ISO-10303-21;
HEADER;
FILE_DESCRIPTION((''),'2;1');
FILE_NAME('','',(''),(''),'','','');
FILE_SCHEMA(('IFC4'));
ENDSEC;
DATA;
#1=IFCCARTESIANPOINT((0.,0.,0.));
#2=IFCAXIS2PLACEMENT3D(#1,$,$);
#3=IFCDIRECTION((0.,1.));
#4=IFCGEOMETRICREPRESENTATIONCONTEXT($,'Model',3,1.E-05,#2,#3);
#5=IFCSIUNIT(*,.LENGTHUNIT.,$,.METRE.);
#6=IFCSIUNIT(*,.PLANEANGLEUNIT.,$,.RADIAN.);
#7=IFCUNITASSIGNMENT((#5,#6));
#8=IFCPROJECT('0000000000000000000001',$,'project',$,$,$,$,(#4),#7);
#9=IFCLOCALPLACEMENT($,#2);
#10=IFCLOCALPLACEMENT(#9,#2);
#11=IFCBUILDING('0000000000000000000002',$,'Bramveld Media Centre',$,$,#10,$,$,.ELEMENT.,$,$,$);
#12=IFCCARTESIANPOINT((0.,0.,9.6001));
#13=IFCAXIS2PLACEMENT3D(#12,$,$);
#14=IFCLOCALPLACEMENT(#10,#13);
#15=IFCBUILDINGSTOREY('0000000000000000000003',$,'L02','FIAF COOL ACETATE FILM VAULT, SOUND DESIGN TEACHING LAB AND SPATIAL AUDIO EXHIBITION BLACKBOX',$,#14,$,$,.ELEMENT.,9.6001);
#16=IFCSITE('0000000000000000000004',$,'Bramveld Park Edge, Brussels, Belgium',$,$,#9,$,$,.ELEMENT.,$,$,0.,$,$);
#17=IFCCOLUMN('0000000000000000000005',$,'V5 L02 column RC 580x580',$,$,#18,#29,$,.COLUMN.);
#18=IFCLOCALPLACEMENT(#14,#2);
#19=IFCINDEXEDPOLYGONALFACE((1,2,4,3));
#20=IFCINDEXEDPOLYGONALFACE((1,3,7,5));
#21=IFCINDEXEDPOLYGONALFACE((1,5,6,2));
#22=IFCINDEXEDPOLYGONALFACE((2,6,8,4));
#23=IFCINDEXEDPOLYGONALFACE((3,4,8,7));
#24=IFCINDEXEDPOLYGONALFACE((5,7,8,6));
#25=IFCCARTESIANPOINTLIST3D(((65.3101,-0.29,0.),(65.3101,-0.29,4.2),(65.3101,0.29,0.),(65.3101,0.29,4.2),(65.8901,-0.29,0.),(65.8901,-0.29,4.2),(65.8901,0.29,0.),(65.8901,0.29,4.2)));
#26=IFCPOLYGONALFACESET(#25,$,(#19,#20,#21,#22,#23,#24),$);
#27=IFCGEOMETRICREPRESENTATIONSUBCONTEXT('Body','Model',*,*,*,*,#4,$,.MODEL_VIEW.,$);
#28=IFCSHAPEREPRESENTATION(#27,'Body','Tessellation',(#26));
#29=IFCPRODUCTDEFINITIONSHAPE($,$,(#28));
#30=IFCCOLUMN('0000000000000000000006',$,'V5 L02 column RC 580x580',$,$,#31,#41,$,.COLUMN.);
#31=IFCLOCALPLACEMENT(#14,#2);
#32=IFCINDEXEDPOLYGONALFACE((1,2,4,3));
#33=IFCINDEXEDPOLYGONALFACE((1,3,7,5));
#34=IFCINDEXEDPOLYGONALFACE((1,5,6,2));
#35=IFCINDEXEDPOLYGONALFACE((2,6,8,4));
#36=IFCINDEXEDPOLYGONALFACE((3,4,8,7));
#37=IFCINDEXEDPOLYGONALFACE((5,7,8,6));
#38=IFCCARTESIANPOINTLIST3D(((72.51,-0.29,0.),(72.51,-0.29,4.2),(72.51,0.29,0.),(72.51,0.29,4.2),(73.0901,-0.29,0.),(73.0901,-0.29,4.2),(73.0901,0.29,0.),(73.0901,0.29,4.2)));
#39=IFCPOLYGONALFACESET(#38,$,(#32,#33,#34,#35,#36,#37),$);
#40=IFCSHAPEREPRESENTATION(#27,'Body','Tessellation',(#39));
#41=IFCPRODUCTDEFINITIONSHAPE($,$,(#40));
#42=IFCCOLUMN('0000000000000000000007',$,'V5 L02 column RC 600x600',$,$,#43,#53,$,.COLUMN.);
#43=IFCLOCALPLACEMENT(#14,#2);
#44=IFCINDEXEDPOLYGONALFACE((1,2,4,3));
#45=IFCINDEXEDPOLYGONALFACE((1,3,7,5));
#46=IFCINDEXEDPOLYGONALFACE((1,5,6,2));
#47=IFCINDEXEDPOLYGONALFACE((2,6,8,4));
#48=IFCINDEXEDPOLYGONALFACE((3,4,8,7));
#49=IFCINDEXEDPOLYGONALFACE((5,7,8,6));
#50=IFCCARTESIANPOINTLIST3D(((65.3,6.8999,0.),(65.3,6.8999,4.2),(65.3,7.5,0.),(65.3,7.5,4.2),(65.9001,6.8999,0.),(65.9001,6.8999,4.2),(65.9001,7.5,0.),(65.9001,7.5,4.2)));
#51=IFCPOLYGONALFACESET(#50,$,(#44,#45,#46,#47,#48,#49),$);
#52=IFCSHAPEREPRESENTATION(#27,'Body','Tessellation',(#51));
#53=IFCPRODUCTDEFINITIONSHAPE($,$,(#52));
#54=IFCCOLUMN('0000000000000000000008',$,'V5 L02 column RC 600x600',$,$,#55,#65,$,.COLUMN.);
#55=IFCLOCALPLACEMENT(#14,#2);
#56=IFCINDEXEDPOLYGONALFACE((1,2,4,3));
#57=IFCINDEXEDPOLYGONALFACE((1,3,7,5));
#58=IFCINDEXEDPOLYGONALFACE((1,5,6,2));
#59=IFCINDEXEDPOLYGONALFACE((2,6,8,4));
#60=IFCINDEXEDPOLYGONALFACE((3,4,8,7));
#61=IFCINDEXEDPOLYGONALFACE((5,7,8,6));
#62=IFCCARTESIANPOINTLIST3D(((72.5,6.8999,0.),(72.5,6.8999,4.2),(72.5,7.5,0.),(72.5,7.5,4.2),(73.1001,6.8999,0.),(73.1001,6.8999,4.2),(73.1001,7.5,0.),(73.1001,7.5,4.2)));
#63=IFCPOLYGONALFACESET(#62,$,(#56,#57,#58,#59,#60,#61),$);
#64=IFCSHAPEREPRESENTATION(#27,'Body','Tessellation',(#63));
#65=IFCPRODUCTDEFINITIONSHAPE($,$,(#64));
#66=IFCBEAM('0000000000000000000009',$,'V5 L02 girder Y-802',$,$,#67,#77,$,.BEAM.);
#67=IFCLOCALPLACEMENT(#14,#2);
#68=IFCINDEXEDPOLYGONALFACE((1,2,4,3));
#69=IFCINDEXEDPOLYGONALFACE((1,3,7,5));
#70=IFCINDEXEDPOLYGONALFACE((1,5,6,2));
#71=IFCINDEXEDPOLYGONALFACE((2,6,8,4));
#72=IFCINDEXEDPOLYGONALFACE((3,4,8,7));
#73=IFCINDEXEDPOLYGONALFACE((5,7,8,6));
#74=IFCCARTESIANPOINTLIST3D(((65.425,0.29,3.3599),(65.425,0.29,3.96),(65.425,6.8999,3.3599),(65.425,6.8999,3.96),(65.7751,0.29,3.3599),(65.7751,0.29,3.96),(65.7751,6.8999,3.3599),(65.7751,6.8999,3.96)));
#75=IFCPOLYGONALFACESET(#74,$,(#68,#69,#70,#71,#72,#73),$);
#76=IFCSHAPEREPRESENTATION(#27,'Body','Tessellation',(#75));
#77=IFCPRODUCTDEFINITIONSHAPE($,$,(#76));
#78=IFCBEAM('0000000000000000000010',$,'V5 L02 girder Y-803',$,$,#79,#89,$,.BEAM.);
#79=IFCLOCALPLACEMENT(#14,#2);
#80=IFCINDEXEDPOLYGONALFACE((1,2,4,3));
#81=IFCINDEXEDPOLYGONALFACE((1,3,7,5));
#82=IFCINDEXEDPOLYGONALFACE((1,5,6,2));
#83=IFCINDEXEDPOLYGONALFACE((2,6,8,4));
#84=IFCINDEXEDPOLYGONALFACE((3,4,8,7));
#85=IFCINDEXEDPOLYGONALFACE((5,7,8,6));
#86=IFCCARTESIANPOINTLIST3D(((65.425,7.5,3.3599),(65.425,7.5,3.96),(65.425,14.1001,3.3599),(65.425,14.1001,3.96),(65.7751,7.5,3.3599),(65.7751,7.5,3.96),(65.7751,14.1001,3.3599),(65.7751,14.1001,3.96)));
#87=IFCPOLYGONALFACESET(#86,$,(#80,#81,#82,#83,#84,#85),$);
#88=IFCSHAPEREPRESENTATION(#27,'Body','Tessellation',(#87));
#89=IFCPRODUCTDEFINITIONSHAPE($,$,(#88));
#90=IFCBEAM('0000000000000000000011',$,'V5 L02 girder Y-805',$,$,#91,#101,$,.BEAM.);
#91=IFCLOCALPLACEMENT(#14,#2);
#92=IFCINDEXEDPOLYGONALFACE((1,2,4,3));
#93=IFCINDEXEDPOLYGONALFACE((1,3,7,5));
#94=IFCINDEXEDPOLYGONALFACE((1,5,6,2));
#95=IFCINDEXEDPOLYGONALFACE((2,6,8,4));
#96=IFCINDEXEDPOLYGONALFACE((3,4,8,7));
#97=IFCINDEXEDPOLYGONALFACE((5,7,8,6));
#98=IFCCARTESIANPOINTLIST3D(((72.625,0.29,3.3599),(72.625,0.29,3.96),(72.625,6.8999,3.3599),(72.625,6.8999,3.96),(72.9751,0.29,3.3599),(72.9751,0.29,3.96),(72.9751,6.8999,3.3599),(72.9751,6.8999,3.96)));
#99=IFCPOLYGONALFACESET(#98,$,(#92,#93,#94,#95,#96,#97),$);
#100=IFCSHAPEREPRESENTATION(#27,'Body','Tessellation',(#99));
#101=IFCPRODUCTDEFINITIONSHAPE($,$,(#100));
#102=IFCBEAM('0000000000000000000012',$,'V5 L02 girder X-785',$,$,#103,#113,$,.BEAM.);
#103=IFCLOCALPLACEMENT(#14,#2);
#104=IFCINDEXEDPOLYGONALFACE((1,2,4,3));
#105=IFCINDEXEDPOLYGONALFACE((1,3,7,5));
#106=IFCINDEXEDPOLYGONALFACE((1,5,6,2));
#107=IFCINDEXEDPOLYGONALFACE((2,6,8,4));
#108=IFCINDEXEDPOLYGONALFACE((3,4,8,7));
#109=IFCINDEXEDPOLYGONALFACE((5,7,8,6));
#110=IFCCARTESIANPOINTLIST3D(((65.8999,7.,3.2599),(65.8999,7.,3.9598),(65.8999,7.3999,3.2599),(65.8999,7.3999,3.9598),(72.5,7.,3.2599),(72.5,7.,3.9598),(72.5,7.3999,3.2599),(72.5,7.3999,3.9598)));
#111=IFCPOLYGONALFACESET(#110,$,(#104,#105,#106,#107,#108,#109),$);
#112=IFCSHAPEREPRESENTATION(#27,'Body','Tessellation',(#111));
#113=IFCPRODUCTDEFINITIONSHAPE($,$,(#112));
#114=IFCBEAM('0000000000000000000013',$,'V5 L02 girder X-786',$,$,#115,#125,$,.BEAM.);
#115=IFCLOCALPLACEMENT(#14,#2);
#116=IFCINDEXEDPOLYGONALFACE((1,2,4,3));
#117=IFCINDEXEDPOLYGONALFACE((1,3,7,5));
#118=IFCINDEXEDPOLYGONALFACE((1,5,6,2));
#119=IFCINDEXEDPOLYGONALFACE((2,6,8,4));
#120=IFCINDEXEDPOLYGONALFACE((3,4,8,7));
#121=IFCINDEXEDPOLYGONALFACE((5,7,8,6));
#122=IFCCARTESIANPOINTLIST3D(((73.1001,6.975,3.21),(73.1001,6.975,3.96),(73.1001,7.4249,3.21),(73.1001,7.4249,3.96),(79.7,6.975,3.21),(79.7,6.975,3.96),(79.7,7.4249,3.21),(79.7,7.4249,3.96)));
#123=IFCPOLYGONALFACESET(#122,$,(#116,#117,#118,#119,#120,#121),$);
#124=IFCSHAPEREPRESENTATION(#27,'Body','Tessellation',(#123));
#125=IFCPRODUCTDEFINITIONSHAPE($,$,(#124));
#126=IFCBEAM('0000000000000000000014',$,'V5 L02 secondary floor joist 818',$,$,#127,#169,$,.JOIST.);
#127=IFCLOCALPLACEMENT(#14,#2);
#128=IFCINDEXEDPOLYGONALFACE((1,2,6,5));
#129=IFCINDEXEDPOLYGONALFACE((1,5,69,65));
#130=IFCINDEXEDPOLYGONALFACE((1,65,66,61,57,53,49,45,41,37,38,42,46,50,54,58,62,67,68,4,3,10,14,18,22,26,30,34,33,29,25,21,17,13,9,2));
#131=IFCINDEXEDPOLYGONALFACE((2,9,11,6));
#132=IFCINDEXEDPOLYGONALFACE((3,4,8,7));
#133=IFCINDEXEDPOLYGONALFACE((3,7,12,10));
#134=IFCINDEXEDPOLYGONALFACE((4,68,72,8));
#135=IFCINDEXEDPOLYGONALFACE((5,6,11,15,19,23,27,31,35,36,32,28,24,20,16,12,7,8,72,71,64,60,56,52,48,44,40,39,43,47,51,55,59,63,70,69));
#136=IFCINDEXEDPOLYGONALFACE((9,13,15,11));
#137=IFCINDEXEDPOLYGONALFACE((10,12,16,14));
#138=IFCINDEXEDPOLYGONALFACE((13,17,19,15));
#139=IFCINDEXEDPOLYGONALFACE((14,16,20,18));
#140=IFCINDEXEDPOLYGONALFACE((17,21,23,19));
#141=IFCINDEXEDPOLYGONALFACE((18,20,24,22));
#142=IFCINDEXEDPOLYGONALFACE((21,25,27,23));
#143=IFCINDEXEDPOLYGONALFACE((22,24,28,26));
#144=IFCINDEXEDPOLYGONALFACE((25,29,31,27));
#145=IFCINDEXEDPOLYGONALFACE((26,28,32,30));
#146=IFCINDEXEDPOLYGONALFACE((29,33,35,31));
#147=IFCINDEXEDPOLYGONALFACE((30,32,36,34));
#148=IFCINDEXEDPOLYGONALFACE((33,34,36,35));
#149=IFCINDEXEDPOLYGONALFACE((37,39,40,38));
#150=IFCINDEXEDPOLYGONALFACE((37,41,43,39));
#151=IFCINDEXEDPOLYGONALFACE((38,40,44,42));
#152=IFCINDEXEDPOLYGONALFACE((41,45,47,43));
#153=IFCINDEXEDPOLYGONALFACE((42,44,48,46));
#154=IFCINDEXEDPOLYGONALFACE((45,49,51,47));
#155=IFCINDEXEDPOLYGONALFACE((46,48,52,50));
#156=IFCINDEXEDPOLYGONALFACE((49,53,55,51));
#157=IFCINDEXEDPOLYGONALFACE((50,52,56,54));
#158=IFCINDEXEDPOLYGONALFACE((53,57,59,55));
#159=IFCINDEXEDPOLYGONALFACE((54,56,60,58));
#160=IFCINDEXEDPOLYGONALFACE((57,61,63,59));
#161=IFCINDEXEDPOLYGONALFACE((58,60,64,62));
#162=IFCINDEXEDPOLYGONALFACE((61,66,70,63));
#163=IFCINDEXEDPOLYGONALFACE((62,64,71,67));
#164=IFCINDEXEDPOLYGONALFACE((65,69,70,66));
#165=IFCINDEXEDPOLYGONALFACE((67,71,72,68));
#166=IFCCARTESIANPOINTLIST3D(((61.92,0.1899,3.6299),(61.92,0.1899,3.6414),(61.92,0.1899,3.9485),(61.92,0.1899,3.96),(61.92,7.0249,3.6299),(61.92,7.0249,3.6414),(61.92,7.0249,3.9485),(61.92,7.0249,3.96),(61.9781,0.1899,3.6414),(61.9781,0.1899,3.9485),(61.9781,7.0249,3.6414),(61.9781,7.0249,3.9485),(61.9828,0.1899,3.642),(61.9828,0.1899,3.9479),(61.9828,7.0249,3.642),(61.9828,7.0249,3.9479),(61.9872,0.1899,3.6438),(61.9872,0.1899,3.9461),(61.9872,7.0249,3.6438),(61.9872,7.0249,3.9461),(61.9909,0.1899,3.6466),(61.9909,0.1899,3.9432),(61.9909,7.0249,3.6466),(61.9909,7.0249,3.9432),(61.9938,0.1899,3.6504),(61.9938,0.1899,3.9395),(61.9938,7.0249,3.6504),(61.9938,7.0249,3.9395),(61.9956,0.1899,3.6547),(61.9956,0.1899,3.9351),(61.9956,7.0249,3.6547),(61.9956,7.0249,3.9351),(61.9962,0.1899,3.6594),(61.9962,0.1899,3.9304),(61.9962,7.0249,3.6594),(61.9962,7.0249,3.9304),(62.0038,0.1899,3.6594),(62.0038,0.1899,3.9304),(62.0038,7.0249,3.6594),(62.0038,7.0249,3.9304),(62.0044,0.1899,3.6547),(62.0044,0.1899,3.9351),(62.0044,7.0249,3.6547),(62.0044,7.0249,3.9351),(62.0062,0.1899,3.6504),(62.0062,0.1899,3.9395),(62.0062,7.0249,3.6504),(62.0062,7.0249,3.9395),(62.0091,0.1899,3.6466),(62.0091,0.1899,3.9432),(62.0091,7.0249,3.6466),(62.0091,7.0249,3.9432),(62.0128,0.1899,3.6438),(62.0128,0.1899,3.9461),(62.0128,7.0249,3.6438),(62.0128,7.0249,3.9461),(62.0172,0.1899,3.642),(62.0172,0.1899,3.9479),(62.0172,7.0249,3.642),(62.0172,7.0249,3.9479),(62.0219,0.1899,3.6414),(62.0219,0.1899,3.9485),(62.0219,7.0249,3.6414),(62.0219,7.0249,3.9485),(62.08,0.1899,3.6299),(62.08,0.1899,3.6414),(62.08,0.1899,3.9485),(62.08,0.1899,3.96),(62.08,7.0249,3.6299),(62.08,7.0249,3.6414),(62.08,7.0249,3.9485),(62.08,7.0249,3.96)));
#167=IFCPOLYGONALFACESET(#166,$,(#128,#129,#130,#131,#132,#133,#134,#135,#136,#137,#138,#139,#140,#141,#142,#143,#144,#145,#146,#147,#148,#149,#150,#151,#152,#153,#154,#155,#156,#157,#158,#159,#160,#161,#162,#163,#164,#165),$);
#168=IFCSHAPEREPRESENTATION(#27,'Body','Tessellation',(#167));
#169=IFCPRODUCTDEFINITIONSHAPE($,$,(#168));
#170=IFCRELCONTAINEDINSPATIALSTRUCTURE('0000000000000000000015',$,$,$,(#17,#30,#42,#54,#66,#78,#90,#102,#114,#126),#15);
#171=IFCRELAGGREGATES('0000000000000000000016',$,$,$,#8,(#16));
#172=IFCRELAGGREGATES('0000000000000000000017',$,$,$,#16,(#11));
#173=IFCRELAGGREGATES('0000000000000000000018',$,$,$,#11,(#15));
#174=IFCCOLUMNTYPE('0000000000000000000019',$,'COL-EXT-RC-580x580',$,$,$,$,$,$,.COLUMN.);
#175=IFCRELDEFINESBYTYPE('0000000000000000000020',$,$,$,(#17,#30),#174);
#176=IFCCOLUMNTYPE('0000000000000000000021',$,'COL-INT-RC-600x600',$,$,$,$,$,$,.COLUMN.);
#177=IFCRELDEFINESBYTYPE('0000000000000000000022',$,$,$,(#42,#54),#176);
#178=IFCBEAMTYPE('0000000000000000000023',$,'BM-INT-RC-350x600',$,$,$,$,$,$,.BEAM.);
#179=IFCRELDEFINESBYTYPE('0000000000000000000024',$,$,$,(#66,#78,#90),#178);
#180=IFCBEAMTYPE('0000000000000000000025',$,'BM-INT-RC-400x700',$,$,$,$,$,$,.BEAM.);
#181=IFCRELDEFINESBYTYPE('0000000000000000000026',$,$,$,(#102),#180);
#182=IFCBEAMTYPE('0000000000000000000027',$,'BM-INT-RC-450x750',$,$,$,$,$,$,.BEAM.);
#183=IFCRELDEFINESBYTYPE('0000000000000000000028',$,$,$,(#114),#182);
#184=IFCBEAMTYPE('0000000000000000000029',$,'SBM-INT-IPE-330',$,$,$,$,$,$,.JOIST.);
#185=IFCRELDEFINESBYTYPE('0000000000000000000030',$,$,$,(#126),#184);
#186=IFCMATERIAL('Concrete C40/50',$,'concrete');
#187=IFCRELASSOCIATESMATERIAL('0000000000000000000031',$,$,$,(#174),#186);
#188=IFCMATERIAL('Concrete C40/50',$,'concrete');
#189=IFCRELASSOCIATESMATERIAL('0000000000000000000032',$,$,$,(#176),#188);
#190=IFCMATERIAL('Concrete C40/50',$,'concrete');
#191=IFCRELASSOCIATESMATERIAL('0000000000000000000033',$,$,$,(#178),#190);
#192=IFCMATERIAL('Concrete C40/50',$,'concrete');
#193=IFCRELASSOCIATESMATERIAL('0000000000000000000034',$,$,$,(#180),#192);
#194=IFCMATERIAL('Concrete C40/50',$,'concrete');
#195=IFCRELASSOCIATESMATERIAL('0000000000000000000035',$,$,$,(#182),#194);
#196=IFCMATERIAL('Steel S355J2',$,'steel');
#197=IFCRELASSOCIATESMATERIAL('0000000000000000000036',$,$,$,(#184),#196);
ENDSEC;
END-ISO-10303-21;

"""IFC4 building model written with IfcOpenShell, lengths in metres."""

from ifc_helpers import new_model, si_unit, direction, frame, origin, origin_2d, place, context, subcontext, project, spatial, rectangle, i_section, extrude, material, material_profile, profile_set, type_object, element, save


model = new_model("IFC4")

# Units and contexts
model_context = context("Model", 3, precision=1e-05, world=origin(), true_north=direction((0.0, 1.0)))
body_context = subcontext(model_context, "Body", "Model", "MODEL_VIEW")
ifc_project = project(units=[si_unit("LENGTHUNIT", "METRE"), si_unit("PLANEANGLEUNIT", "RADIAN")], contexts=[model_context])

# Site, building, storey
site_placement = place(None, origin())
site = spatial("IfcSite", under=ifc_project, at=site_placement, Name="Bramveld Park Edge, Brussels, Belgium", CompositionType="ELEMENT", RefElevation=0.0)
building_placement = place(site_placement, origin())
building = spatial("IfcBuilding", under=site, at=building_placement, Name="Bramveld Media Centre", CompositionType="ELEMENT")
storey_placement = place(building_placement, frame((0.0, 0.0, 9.6001)))
storey = spatial("IfcBuildingStorey", under=building, at=storey_placement, Name="L02", Description="FIAF COOL ACETATE FILM VAULT, SOUND DESIGN TEACHING LAB AND SPATIAL AUDIO EXHIBITION BLACKBOX", CompositionType="ELEMENT", Elevation=9.6001)

# Columns
ifc_material_1 = material(Name="Concrete C40/50", Category="concrete")
ifc_material_profile_1 = material_profile(ifc_material_1, rectangle(XDim=0.5801, YDim=0.5801, at=origin_2d()), Name="RC 580x580")
ifc_profile_set_1 = profile_set([ifc_material_profile_1], Name="Concrete C40/50")
column_type_1 = type_object("IfcColumnType", Name="COL-EXT-RC-580x580", PredefinedType="COLUMN", material=ifc_profile_set_1)
for number, where, z_axis, x_axis, name in (
    (1, (65.6001, 0.0, 0.0), (0.0, 0.0, 1.0), (1.0, 0.0, 0.0), "V5 L02 column RC 580x580"),
    (2, (72.8, 0.0, 0.0), (0.0, 0.0, 1.0), (1.0, 0.0, 0.0), "V5 L02 column RC 580x580"),
):
    element("IfcColumn", number, at=place(storey_placement, frame(where, z_axis=z_axis, x_axis=x_axis)), inside=storey, type_object=column_type_1, Name=name, PredefinedType="COLUMN", context=body_context, shape_type="SweptSolid", body=[
        extrude(rectangle(XDim=0.5801, YDim=0.5801, at=origin_2d()), origin(), (0.0, 0.0, 1.0), 4.2),
    ])
ifc_material_2 = material(Name="Concrete C40/50", Category="concrete")
ifc_material_profile_2 = material_profile(ifc_material_2, rectangle(XDim=0.6001, YDim=0.6001, at=origin_2d()), Name="RC 600x600")
ifc_profile_set_2 = profile_set([ifc_material_profile_2], Name="Concrete C40/50")
column_type_2 = type_object("IfcColumnType", Name="COL-INT-RC-600x600", PredefinedType="COLUMN", material=ifc_profile_set_2)
for number, where, z_axis, x_axis, name in (
    (3, (65.6001, 7.2, 0.0), (0.0, 0.0, 1.0), (1.0, 0.0, 0.0), "V5 L02 column RC 600x600"),
    (4, (72.8, 7.2, 0.0), (0.0, 0.0, 1.0), (1.0, 0.0, 0.0), "V5 L02 column RC 600x600"),
):
    element("IfcColumn", number, at=place(storey_placement, frame(where, z_axis=z_axis, x_axis=x_axis)), inside=storey, type_object=column_type_2, Name=name, PredefinedType="COLUMN", context=body_context, shape_type="SweptSolid", body=[
        extrude(rectangle(XDim=0.6001, YDim=0.6001, at=origin_2d()), origin(), (0.0, 0.0, 1.0), 4.2),
    ])

# Beams
ifc_material_3 = material(Name="Concrete C40/50", Category="concrete")
ifc_material_profile_3 = material_profile(ifc_material_3, rectangle(XDim=0.3501, YDim=0.6001, at=origin_2d()), Name="RC 350x600")
ifc_profile_set_3 = profile_set([ifc_material_profile_3], Name="Concrete C40/50")
beam_type_1 = type_object("IfcBeamType", Name="BM-INT-RC-350x600", PredefinedType="BEAM", material=ifc_profile_set_3)
beam_1_placement = place(storey_placement, frame((65.6001, 0.29, 3.6599), z_axis=(0.0, 1.0, 0.0), x_axis=(-1.0, 0.0, 0.0)))
element("IfcBeam", 5, at=beam_1_placement, inside=storey, type_object=beam_type_1, Name="V5 L02 girder Y-802", PredefinedType="BEAM", context=body_context, shape_type="SweptSolid", body=[
    extrude(rectangle(XDim=0.3501, YDim=0.6001, at=origin_2d()), origin(), (0.0, 0.0, 1.0), 6.6099),
])
beam_2_placement = place(storey_placement, frame((65.6001, 7.5, 3.6599), z_axis=(0.0, 1.0, 0.0), x_axis=(-1.0, 0.0, 0.0)))
element("IfcBeam", 6, at=beam_2_placement, inside=storey, type_object=beam_type_1, Name="V5 L02 girder Y-803", PredefinedType="BEAM", context=body_context, shape_type="SweptSolid", body=[
    extrude(rectangle(XDim=0.3501, YDim=0.6001, at=origin_2d()), origin(), (0.0, 0.0, 1.0), 6.6001),
])
beam_3_placement = place(storey_placement, frame((72.8, 0.29, 3.6599), z_axis=(0.0, 1.0, 0.0), x_axis=(-1.0, 0.0, 0.0)))
element("IfcBeam", 7, at=beam_3_placement, inside=storey, type_object=beam_type_1, Name="V5 L02 girder Y-805", PredefinedType="BEAM", context=body_context, shape_type="SweptSolid", body=[
    extrude(rectangle(XDim=0.3501, YDim=0.6001, at=origin_2d()), origin(), (0.0, 0.0, 1.0), 6.6099),
])
ifc_material_4 = material(Name="Concrete C40/50", Category="concrete")
ifc_material_profile_4 = material_profile(ifc_material_4, rectangle(XDim=0.3999, YDim=0.7, at=origin_2d()), Name="RC 400x700")
ifc_profile_set_4 = profile_set([ifc_material_profile_4], Name="Concrete C40/50")
beam_type_2 = type_object("IfcBeamType", Name="BM-INT-RC-400x700", PredefinedType="BEAM", material=ifc_profile_set_4)
beam_4_placement = place(storey_placement, frame((65.8999, 7.2, 3.6099), z_axis=(1.0, 0.0, 0.0), x_axis=(0.0, 1.0, 0.0)))
element("IfcBeam", 8, at=beam_4_placement, inside=storey, type_object=beam_type_2, Name="V5 L02 girder X-785", PredefinedType="BEAM", context=body_context, shape_type="SweptSolid", body=[
    extrude(rectangle(XDim=0.3999, YDim=0.7, at=origin_2d()), origin(), (0.0, 0.0, 1.0), 6.6001),
])
ifc_material_5 = material(Name="Concrete C40/50", Category="concrete")
ifc_material_profile_5 = material_profile(ifc_material_5, rectangle(XDim=0.45, YDim=0.75, at=origin_2d()), Name="RC 450x750")
ifc_profile_set_5 = profile_set([ifc_material_profile_5], Name="Concrete C40/50")
beam_type_3 = type_object("IfcBeamType", Name="BM-INT-RC-450x750", PredefinedType="BEAM", material=ifc_profile_set_5)
beam_5_placement = place(storey_placement, frame((73.1001, 7.2, 3.585), z_axis=(1.0, 0.0, 0.0), x_axis=(0.0, 1.0, 0.0)))
element("IfcBeam", 9, at=beam_5_placement, inside=storey, type_object=beam_type_3, Name="V5 L02 girder X-786", PredefinedType="BEAM", context=body_context, shape_type="SweptSolid", body=[
    extrude(rectangle(XDim=0.45, YDim=0.75, at=origin_2d()), origin(), (0.0, 0.0, 1.0), 6.5999),
])
ifc_material_6 = material(Name="Steel S355J2", Category="steel")
ifc_material_profile_6 = material_profile(ifc_material_6, i_section(OverallWidth=0.1599, OverallDepth=0.3301, WebThickness=0.0076, FlangeThickness=0.0115, FilletRadius=0.0181, at=origin_2d()), Name="IPE 330")
ifc_profile_set_6 = profile_set([ifc_material_profile_6], Name="Steel S355J2")
beam_type_4 = type_object("IfcBeamType", Name="SBM-INT-IPE-330", PredefinedType="JOIST", material=ifc_profile_set_6)
beam_6_placement = place(storey_placement, frame((62.0, 0.1899, 3.7949), z_axis=(0.0, 1.0, 0.0), x_axis=(-1.0, 0.0, 0.0)))
element("IfcBeam", 10, at=beam_6_placement, inside=storey, type_object=beam_type_4, Name="V5 L02 secondary floor joist 818", PredefinedType="JOIST", context=body_context, shape_type="SweptSolid", body=[
    extrude(i_section(OverallWidth=0.1599, OverallDepth=0.3301, WebThickness=0.0076, FlangeThickness=0.0115, FilletRadius=0.0181, at=origin_2d()), origin(), (0.0, 0.0, 1.0), 6.835),
])

save(model, "model.ifc")
